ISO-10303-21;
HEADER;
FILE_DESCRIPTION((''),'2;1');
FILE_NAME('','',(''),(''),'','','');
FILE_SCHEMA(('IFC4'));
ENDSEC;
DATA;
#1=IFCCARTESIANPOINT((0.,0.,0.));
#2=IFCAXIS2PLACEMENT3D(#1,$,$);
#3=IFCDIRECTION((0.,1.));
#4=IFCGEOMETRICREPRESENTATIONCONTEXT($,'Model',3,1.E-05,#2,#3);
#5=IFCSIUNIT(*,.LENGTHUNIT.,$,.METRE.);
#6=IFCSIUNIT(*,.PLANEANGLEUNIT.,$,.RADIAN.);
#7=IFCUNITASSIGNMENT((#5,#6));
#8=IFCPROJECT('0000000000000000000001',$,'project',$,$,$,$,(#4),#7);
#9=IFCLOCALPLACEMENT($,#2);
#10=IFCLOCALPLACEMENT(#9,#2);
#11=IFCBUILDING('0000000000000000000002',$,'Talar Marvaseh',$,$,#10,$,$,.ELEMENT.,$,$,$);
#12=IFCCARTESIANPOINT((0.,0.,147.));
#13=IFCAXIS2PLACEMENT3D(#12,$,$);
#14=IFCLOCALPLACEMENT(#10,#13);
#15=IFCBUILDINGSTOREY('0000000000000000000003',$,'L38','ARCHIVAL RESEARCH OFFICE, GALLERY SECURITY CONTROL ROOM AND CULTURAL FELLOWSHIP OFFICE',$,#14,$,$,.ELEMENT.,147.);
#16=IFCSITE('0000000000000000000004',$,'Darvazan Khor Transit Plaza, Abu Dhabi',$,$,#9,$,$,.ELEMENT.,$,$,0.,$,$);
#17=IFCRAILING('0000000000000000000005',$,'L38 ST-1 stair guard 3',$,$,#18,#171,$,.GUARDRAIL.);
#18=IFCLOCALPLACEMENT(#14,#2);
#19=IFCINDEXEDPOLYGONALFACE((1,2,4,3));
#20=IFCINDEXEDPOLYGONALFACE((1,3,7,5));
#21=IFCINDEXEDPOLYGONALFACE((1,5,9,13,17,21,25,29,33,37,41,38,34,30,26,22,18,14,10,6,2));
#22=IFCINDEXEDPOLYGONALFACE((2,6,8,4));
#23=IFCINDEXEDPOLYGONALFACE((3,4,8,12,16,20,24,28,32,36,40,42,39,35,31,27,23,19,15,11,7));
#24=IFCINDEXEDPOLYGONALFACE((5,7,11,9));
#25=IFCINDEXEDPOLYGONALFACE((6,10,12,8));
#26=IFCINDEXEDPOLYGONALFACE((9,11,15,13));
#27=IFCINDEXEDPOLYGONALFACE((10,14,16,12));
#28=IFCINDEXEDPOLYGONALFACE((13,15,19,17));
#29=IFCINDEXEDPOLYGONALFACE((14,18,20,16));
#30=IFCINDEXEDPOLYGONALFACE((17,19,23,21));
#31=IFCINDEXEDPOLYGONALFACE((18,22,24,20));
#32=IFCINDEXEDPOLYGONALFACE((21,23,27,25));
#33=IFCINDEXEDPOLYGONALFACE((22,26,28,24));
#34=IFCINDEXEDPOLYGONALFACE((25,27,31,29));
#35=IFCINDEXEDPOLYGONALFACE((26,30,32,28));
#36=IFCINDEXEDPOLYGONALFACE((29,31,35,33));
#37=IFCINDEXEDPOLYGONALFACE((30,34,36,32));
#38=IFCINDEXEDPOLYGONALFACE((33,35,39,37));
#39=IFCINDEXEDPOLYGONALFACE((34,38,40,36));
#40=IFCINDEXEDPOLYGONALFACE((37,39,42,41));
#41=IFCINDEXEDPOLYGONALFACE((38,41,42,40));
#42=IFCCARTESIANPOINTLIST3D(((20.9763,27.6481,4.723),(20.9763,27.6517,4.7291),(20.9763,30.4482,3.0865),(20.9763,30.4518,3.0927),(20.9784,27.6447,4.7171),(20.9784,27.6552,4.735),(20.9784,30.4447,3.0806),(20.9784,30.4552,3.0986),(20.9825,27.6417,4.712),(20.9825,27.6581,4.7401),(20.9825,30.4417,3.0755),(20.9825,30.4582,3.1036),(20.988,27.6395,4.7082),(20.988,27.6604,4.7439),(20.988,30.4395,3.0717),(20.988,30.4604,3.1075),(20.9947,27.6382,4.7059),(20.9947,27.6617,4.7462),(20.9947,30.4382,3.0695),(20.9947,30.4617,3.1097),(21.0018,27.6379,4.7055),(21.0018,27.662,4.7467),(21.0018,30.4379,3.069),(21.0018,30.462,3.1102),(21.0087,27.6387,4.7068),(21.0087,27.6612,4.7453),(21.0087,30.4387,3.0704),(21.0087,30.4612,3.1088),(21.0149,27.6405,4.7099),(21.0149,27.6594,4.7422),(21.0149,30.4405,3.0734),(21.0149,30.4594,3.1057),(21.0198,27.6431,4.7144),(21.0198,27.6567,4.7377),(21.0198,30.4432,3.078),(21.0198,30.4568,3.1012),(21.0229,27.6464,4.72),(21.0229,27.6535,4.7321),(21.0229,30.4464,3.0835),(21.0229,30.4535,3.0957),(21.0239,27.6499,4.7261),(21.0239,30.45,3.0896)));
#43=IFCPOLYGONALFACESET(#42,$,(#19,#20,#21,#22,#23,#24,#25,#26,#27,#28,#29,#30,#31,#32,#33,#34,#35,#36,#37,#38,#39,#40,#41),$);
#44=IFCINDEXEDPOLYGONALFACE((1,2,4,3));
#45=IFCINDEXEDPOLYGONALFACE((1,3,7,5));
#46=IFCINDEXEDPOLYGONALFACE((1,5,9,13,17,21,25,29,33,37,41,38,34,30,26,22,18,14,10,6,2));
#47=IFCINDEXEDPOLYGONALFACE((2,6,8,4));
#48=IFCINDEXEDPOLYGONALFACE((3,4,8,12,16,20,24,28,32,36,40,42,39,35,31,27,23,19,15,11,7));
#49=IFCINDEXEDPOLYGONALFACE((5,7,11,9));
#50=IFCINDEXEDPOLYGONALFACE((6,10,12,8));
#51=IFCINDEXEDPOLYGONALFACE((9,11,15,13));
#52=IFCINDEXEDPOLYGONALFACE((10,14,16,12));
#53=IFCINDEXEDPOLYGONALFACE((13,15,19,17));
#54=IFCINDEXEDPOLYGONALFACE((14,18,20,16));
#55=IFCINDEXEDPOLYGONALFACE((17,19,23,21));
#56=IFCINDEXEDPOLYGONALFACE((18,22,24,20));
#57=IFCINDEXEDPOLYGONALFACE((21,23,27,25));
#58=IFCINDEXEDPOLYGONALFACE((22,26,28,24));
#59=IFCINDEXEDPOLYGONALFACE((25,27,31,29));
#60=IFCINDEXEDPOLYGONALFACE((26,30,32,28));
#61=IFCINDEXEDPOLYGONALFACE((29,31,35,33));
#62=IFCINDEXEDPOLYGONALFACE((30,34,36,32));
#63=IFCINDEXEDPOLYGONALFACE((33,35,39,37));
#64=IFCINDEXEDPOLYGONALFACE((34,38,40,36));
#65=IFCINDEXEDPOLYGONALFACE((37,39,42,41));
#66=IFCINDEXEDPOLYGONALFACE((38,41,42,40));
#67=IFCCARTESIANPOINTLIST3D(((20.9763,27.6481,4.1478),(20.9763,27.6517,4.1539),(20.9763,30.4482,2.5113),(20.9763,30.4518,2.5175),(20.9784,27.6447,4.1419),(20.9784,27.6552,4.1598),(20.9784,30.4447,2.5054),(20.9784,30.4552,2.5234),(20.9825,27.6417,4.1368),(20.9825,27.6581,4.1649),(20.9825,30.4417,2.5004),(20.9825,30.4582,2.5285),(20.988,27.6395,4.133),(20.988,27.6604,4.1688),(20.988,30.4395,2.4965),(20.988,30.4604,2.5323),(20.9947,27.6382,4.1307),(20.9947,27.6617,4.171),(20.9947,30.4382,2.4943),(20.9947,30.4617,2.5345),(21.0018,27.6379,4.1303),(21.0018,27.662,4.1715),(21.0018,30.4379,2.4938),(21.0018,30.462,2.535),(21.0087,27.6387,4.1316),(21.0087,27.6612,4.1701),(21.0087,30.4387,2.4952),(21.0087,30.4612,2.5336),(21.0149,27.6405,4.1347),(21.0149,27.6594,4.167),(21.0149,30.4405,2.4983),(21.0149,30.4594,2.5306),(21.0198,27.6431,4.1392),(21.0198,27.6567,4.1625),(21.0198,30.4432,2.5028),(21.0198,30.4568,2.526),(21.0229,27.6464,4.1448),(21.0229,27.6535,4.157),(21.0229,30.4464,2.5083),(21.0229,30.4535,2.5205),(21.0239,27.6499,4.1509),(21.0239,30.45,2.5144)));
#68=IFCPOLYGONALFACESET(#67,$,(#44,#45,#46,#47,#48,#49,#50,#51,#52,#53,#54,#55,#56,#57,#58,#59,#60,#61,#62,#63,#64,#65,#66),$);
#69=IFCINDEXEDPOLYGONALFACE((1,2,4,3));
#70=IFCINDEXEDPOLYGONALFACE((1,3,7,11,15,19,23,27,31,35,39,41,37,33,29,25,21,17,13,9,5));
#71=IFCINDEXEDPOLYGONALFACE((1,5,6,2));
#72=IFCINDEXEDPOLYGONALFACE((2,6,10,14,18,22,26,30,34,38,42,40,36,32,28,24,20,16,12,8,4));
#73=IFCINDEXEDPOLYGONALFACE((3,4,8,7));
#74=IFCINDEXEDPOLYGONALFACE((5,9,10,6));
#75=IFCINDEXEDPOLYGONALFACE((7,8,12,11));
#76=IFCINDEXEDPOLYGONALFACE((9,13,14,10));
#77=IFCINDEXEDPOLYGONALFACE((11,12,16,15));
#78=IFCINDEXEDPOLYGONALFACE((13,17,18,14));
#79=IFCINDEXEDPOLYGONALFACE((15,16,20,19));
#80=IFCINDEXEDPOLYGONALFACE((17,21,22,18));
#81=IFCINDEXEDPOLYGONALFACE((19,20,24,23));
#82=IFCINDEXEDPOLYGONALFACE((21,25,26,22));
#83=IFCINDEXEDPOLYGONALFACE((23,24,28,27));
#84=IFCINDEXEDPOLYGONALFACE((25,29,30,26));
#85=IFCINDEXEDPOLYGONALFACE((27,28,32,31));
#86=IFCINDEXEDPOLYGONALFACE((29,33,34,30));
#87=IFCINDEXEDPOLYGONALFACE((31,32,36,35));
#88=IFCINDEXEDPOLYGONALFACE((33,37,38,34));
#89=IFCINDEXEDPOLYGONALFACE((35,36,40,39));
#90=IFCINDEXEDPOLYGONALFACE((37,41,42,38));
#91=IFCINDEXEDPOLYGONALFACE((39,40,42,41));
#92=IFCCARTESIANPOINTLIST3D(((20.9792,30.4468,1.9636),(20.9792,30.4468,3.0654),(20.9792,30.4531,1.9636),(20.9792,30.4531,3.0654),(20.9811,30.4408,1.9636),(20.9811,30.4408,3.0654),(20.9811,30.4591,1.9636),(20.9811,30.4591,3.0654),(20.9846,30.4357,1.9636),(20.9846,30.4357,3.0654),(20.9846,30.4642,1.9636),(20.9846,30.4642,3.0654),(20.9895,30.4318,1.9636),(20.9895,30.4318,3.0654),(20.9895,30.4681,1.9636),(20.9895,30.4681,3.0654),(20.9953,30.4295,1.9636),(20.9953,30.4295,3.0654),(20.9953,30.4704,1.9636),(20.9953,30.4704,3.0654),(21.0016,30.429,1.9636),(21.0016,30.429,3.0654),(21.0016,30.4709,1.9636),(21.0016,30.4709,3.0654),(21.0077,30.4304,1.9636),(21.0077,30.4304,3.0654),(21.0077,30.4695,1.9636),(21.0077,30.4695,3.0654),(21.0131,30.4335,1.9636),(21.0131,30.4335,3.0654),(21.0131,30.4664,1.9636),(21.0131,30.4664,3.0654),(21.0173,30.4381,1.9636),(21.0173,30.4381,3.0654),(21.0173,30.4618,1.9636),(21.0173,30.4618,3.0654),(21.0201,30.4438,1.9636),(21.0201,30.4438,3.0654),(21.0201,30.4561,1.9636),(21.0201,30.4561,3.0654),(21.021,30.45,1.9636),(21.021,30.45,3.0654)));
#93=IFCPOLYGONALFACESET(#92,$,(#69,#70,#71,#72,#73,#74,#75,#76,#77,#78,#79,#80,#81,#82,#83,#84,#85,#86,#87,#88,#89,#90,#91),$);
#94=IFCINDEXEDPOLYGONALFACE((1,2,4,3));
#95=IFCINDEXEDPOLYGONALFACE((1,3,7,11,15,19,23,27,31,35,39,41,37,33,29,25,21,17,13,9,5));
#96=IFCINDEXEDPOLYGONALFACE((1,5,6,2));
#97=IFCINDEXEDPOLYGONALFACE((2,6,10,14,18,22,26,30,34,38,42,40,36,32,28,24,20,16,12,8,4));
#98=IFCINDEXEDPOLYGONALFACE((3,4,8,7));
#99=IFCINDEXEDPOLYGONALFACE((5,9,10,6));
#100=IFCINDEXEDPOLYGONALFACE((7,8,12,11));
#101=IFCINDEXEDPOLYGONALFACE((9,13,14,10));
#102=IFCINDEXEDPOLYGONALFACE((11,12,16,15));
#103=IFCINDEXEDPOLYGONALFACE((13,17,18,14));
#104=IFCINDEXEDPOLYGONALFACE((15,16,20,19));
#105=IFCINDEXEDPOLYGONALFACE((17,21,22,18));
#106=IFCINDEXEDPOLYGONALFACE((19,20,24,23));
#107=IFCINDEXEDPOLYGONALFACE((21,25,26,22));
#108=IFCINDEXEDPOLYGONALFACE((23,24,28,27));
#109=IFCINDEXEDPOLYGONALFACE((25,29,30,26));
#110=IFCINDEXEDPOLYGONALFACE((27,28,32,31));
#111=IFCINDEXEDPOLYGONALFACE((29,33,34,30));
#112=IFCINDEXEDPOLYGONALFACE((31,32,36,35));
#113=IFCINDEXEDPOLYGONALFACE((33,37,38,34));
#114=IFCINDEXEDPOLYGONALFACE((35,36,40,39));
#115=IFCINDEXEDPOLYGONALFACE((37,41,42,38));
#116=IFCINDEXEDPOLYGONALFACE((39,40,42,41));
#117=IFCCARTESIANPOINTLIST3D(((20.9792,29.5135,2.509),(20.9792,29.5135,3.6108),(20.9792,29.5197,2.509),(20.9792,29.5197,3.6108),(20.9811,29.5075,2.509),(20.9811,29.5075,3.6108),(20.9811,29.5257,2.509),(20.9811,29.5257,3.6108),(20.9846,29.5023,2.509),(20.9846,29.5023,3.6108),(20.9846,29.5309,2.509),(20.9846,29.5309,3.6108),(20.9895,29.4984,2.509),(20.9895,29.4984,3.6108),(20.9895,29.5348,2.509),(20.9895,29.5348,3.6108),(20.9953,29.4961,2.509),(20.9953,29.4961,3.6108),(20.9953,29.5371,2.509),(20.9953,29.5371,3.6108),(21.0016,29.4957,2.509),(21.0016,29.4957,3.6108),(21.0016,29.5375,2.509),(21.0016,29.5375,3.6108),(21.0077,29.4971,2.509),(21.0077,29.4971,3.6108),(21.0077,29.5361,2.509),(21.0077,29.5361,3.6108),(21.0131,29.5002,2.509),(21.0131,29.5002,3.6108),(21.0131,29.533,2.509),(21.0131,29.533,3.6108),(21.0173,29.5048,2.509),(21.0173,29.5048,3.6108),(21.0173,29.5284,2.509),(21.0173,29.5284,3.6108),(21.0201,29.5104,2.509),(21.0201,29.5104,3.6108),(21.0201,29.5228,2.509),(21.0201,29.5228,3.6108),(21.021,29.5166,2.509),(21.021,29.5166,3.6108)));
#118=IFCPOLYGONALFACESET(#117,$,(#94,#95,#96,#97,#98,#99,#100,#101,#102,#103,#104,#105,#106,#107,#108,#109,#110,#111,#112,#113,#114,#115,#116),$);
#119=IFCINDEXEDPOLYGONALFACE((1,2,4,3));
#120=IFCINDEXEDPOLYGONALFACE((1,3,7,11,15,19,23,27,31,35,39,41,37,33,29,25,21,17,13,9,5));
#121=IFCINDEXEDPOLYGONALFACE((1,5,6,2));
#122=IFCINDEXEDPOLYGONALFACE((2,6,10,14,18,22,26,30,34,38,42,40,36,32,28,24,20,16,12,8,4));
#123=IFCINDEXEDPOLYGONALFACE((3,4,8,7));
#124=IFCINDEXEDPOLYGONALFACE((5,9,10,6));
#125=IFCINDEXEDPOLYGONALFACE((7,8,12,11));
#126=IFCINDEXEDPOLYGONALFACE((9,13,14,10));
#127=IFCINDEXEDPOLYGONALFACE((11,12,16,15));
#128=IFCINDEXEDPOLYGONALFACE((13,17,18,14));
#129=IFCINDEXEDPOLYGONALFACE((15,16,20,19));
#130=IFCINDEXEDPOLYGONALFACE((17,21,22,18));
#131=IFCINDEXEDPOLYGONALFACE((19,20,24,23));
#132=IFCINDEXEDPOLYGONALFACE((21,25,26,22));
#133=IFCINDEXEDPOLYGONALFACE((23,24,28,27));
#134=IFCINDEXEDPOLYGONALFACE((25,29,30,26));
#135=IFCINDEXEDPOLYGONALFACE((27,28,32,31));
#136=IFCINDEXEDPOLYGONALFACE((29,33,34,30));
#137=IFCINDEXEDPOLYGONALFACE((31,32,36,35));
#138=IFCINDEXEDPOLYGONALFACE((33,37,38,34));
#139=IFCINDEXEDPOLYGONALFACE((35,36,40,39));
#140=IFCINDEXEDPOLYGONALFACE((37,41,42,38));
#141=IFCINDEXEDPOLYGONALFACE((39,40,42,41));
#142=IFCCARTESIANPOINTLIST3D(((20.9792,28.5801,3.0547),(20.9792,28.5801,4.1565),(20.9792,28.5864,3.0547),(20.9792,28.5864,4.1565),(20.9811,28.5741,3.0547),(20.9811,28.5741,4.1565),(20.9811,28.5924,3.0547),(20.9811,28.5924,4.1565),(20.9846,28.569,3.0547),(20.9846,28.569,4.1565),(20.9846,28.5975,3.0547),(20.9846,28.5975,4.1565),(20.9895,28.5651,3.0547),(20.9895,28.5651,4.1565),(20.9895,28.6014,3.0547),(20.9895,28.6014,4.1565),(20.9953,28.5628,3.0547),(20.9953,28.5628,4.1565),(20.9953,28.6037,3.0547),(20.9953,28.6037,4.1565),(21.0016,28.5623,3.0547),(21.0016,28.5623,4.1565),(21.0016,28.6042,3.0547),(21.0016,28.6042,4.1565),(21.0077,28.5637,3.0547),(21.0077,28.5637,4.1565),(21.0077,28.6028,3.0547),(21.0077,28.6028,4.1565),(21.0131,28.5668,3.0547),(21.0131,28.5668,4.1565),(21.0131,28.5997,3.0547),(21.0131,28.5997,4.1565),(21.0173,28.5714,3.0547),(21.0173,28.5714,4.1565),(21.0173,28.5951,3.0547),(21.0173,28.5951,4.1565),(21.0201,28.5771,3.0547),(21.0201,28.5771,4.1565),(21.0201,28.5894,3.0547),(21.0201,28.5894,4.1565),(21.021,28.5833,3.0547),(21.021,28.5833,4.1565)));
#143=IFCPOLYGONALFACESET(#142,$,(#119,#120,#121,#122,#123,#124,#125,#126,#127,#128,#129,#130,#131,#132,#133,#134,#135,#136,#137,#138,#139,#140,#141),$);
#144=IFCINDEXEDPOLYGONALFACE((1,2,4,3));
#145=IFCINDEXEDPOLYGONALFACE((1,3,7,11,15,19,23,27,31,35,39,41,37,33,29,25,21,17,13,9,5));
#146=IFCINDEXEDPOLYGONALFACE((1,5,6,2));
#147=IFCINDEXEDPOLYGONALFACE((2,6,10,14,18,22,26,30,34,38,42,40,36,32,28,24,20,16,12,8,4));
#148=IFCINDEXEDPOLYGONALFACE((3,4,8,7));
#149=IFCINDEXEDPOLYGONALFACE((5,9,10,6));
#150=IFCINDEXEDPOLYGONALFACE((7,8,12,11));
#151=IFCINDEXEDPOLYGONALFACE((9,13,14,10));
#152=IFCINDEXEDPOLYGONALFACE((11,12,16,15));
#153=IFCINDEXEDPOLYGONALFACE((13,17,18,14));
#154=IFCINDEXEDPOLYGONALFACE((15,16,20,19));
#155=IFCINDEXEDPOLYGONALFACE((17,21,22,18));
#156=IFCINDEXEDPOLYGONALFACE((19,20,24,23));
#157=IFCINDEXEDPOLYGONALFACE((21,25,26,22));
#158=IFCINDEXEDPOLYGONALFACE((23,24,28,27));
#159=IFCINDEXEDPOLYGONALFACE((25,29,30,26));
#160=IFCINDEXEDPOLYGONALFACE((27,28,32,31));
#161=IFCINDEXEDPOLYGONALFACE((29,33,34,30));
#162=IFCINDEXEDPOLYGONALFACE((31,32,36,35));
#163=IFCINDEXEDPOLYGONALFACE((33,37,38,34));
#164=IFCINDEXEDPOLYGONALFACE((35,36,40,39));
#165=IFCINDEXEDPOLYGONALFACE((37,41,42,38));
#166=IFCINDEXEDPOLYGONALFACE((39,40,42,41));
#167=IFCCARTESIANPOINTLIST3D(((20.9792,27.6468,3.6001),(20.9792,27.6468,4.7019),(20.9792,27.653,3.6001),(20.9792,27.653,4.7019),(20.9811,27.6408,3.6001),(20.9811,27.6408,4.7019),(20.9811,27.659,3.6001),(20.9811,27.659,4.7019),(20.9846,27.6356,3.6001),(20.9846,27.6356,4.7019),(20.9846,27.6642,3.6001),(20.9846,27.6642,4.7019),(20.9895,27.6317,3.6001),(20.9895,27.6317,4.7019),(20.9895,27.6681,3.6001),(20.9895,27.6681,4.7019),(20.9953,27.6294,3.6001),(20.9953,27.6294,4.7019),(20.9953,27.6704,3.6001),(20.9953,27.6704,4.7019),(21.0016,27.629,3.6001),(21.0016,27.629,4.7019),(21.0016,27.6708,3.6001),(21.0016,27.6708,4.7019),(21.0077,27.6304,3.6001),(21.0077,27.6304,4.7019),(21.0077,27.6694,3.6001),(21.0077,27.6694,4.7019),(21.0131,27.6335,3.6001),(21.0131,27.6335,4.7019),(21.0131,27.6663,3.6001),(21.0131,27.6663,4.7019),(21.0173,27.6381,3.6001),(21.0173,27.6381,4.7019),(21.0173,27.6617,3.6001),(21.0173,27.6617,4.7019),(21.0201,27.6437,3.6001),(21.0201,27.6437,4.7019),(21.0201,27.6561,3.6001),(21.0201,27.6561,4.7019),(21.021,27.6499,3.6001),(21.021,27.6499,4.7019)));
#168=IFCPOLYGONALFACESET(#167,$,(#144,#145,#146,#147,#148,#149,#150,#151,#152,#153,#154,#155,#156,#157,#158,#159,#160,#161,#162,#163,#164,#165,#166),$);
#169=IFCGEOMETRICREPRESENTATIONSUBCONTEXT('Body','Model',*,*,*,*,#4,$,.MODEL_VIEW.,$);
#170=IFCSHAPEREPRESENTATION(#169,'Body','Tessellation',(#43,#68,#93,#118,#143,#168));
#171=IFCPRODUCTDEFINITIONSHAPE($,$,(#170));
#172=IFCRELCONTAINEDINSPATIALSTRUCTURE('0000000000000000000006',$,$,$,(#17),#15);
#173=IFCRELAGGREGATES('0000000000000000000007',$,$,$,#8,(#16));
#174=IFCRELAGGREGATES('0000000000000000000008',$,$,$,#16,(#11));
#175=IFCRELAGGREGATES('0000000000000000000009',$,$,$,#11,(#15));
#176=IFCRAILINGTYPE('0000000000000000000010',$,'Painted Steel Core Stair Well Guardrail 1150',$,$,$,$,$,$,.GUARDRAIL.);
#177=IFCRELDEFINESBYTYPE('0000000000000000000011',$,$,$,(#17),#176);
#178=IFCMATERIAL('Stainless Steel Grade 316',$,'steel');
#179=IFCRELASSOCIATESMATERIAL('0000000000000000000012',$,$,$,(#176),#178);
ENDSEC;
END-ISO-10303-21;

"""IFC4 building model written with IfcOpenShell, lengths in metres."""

from ifc_helpers import new_model, si_unit, direction, frame, origin, origin_2d, place, context, subcontext, project, spatial, circle, extrude, material, type_object, element, save


model = new_model("IFC4")

# Units and contexts
model_context = context("Model", 3, precision=1e-05, world=origin(), true_north=direction((0.0, 1.0)))
body_context = subcontext(model_context, "Body", "Model", "MODEL_VIEW")
ifc_project = project(units=[si_unit("LENGTHUNIT", "METRE"), si_unit("PLANEANGLEUNIT", "RADIAN")], contexts=[model_context])

# Site, building, storey
site_placement = place(None, origin())
site = spatial("IfcSite", under=ifc_project, at=site_placement, Name="Darvazan Khor Transit Plaza, Abu Dhabi", CompositionType="ELEMENT", RefElevation=0.0)
building_placement = place(site_placement, origin())
building = spatial("IfcBuilding", under=site, at=building_placement, Name="Talar Marvaseh", CompositionType="ELEMENT")
storey_placement = place(building_placement, frame((0.0, 0.0, 147.0)))
storey = spatial("IfcBuildingStorey", under=building, at=storey_placement, Name="L38", Description="ARCHIVAL RESEARCH OFFICE, GALLERY SECURITY CONTROL ROOM AND CULTURAL FELLOWSHIP OFFICE", CompositionType="ELEMENT", Elevation=147.0)

# Railing
ifc_material_1 = material(Name="Stainless Steel Grade 316", Category="steel")
railing_type_1 = type_object("IfcRailingType", Name="Painted Steel Core Stair Well Guardrail 1150", PredefinedType="GUARDRAIL", material=ifc_material_1)
railing_1_placement = place(storey_placement, frame((21.0, 30.45, 1.9636)))
element("IfcRailing", 1, at=railing_1_placement, inside=storey, type_object=railing_type_1, Name="L38 ST-1 stair guard 3", PredefinedType="GUARDRAIL", context=body_context, shape_type="SweptSolid", body=[
    extrude(circle(Radius=0.0239, at=origin_2d()), frame((0.0, 0.0, 1.126), z_axis=(0.0, -0.863361, 0.504587), x_axis=(1.0, 0.0, 0.0)), (0.0, 0.0, 1.0), 3.2432),
    extrude(circle(Radius=0.0239, at=origin_2d()), frame((0.0, 0.0, 0.5508), z_axis=(0.0, -0.863361, 0.504587), x_axis=(1.0, 0.0, 0.0)), (0.0, 0.0, 1.0), 3.2432),
    extrude(circle(Radius=0.021, at=origin_2d()), origin(), (0.0, 0.0, 1.0), 1.1018),
    extrude(circle(Radius=0.021, at=origin_2d()), frame((0.0, -0.9333, 0.5454)), (0.0, 0.0, 1.0), 1.1018),
    extrude(circle(Radius=0.021, at=origin_2d()), frame((0.0, -1.8667, 1.0911)), (0.0, 0.0, 1.0), 1.1018),
    extrude(circle(Radius=0.021, at=origin_2d()), frame((0.0, -2.8, 1.6365)), (0.0, 0.0, 1.0), 1.1018),
])

save(model, "model.ifc")
